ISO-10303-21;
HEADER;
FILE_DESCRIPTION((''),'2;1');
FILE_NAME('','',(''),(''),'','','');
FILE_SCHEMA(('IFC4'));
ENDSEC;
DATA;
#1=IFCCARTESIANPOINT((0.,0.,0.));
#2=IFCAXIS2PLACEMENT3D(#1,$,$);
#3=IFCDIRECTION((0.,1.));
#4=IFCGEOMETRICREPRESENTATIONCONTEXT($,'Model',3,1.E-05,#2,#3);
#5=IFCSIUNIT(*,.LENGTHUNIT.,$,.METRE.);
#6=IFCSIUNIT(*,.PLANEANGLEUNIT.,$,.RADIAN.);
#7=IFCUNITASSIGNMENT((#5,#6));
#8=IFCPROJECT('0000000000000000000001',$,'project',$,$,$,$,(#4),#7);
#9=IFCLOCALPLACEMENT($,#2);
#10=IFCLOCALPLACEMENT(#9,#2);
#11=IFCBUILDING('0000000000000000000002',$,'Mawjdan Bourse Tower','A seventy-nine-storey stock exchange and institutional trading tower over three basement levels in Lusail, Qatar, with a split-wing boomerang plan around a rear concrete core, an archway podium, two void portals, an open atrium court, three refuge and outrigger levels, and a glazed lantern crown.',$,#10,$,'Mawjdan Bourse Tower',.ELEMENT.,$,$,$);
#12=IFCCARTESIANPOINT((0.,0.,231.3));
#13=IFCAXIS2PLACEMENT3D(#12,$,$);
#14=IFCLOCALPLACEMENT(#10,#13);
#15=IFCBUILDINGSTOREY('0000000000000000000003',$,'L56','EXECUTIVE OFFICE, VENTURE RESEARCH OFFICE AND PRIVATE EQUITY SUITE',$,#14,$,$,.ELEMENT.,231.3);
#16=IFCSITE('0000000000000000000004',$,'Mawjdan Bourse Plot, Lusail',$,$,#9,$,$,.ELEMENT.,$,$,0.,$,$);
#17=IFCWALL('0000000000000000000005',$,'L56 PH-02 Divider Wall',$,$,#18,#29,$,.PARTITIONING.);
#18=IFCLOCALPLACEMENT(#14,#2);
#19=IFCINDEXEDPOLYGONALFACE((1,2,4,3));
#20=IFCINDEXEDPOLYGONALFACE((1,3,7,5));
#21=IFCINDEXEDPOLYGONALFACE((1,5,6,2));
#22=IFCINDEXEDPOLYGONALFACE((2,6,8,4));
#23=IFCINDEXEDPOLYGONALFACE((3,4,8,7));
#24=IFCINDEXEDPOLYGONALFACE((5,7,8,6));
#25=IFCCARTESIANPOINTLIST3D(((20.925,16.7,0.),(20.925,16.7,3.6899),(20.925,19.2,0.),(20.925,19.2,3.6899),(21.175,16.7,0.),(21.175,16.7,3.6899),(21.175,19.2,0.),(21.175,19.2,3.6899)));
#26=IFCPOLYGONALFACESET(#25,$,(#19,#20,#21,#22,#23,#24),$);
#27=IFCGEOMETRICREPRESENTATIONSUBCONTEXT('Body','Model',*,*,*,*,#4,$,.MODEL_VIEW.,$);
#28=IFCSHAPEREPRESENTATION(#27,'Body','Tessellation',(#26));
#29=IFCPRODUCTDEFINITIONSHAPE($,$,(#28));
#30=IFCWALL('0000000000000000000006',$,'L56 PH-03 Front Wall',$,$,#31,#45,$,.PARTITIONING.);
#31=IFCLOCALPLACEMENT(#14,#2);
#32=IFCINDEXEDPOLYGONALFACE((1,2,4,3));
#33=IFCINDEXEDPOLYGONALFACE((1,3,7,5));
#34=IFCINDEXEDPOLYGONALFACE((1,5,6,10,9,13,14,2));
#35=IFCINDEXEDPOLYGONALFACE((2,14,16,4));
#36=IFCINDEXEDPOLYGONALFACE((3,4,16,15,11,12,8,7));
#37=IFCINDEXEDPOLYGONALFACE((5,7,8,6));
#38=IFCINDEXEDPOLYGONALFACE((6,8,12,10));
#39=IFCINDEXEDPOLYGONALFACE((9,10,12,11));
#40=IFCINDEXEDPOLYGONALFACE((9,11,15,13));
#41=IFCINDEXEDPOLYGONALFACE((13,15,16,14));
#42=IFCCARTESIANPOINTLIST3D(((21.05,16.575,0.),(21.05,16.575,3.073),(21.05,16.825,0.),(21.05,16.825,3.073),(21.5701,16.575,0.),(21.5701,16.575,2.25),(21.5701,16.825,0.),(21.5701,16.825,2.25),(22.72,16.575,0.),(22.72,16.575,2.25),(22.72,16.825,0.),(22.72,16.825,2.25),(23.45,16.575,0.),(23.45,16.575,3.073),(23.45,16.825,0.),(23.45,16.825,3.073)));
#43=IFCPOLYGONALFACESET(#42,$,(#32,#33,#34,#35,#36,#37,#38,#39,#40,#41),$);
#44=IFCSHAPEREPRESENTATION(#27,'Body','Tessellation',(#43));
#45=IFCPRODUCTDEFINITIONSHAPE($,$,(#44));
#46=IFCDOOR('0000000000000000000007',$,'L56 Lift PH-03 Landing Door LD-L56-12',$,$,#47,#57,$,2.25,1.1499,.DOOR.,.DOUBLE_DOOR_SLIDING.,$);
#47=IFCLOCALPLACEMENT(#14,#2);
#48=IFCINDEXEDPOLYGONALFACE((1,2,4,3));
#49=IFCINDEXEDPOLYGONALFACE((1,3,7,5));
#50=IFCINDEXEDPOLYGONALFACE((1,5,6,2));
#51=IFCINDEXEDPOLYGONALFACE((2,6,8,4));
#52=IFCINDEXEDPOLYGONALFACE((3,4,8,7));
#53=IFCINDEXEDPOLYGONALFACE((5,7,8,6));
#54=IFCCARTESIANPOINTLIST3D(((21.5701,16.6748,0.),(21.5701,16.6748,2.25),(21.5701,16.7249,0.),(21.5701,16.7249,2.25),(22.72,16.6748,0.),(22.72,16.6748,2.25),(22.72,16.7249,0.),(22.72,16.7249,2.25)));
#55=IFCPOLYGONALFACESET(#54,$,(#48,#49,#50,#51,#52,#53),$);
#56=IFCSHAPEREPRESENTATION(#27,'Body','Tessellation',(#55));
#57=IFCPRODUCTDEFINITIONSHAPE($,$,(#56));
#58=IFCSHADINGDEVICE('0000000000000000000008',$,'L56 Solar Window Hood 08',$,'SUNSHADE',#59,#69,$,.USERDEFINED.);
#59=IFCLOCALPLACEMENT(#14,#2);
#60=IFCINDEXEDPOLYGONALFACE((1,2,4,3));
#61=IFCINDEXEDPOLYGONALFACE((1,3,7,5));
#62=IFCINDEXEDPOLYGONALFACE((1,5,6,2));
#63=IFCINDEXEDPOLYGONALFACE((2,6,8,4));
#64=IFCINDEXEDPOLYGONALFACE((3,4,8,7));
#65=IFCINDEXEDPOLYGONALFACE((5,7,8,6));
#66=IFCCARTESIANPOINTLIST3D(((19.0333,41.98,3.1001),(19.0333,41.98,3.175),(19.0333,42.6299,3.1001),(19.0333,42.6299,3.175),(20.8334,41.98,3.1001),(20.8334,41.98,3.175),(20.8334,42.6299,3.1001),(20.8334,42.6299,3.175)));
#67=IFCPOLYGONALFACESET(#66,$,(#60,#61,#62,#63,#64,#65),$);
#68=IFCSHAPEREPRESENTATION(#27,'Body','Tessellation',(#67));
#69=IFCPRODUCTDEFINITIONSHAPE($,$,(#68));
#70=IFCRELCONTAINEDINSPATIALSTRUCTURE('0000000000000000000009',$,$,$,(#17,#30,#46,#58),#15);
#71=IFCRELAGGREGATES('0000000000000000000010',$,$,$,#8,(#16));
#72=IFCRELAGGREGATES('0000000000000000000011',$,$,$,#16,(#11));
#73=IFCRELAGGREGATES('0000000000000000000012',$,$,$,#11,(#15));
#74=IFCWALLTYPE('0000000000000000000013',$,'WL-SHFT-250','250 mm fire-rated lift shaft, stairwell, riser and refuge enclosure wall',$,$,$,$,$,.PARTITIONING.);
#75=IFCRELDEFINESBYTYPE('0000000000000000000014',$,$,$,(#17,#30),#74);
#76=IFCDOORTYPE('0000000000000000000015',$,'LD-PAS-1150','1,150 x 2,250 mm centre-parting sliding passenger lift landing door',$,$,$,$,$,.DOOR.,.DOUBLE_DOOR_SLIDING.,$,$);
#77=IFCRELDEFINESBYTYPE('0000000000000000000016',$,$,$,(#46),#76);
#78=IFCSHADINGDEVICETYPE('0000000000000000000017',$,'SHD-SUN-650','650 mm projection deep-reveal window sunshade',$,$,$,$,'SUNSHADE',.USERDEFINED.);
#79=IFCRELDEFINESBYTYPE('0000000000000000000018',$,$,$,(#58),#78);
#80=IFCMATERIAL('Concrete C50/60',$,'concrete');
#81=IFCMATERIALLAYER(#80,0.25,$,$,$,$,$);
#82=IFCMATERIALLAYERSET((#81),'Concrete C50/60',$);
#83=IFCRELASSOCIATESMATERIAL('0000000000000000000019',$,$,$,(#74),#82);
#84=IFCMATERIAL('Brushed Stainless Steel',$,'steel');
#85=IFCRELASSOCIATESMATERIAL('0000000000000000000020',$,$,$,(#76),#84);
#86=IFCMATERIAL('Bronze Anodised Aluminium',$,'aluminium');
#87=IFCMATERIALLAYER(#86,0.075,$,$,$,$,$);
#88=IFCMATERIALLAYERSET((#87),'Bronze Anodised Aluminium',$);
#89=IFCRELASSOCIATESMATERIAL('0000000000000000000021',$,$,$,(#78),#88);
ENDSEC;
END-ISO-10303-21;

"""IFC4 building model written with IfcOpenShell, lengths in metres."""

from ifc_helpers import new_model, si_unit, direction, frame, frame_2d, origin, origin_2d, place, context, subcontext, project, spatial, rectangle, extrude, material, layer, layer_set, type_object, element, fill, save


model = new_model("IFC4")

# Units and contexts
model_context = context("Model", 3, precision=1e-05, world=origin(), true_north=direction((0.0, 1.0)))
body_context = subcontext(model_context, "Body", "Model", "MODEL_VIEW")
ifc_project = project(units=[si_unit("LENGTHUNIT", "METRE"), si_unit("PLANEANGLEUNIT", "RADIAN")], contexts=[model_context])

# Site, building, storey
site_placement = place(None, origin())
site = spatial("IfcSite", under=ifc_project, at=site_placement, Name="Mawjdan Bourse Plot, Lusail", CompositionType="ELEMENT", RefElevation=0.0)
building_placement = place(site_placement, origin())
building = spatial("IfcBuilding", under=site, at=building_placement, Name="Mawjdan Bourse Tower", Description="A seventy-nine-storey stock exchange and institutional trading tower over three basement levels in Lusail, Qatar, with a split-wing boomerang plan around a rear concrete core, an archway podium, two void portals, an open atrium court, three refuge and outrigger levels, and a glazed lantern crown.", LongName="Mawjdan Bourse Tower", CompositionType="ELEMENT")
storey_placement = place(building_placement, frame((0.0, 0.0, 231.3)))
storey = spatial("IfcBuildingStorey", under=building, at=storey_placement, Name="L56", Description="EXECUTIVE OFFICE, VENTURE RESEARCH OFFICE AND PRIVATE EQUITY SUITE", CompositionType="ELEMENT", Elevation=231.3)

# Shared definitions
ifc_material_1 = material(Name="Concrete C50/60", Category="concrete")
ifc_layer_1 = layer(ifc_material_1, 0.25)
ifc_layer_set_1 = layer_set([ifc_layer_1], Name="Concrete C50/60")
wall_type_1 = type_object("IfcWallType", Name="WL-SHFT-250", Description="250 mm fire-rated lift shaft, stairwell, riser and refuge enclosure wall", PredefinedType="PARTITIONING", material=ifc_layer_set_1)
ifc_material_2 = material(Name="Brushed Stainless Steel", Category="steel")
door_type_1 = type_object("IfcDoorType", Name="LD-PAS-1150", Description="1,150 x 2,250 mm centre-parting sliding passenger lift landing door", OperationType="DOUBLE_DOOR_SLIDING", PredefinedType="DOOR", material=ifc_material_2)

# Wall
wall_1_placement = place(storey_placement, frame((21.05, 16.7, 0.0), z_axis=(0.0, 0.0, 1.0), x_axis=(0.0, 1.0, 0.0)))
element("IfcWall", 1, at=wall_1_placement, inside=storey, type_object=wall_type_1, Name="L56 PH-02 Divider Wall", PredefinedType="PARTITIONING", context=body_context, shape_type="SweptSolid", body=[
    extrude(rectangle(XDim=2.5, YDim=0.25, at=frame_2d((1.25, 0.0))), origin(), (0.0, 0.0, 1.0), 3.6899),
])

# Wall, opening, door
wall_2_placement = place(storey_placement, frame((21.05, 16.7, 0.0), z_axis=(0.0, 0.0, 1.0), x_axis=(1.0, 0.0, 0.0)))
wall_2 = element("IfcWall", 2, at=wall_2_placement, inside=storey, type_object=wall_type_1, Name="L56 PH-03 Front Wall", PredefinedType="PARTITIONING", context=body_context, shape_type="SweptSolid", body=[
    extrude(rectangle(XDim=2.3999, YDim=0.25, at=frame_2d((1.2, 0.0))), origin(), (0.0, 0.0, 1.0), 3.073),
])
opening_1_placement = place(wall_2_placement, frame((0.52, 0.0, 0.0)))
opening_1 = element("IfcOpeningElement", 3, at=opening_1_placement, cuts=wall_2, PredefinedType="OPENING", context=body_context, shape_type="SweptSolid", body=[
    extrude(rectangle(XDim=1.1499, YDim=2.25, at=frame_2d((0.575, 1.125))), frame((0.0, 0.135, 0.0), z_axis=(0.0, -1.0, 0.0), x_axis=(1.0, 0.0, 0.0)), (0.0, 0.0, 1.0), 0.27),
])
door_1_placement = place(opening_1_placement, origin())
door_1 = element("IfcDoor", 4, at=door_1_placement, inside=storey, type_object=door_type_1, Name="L56 Lift PH-03 Landing Door LD-L56-12", OperationType="DOUBLE_DOOR_SLIDING", OverallHeight=2.25, OverallWidth=1.1499, PredefinedType="DOOR", context=body_context, shape_type="SweptSolid", body=[
    extrude(rectangle(XDim=1.1499, YDim=2.25, at=frame_2d((0.575, 1.125))), frame((0.0, 0.0249, 0.0), z_axis=(0.0, -1.0, 0.0), x_axis=(1.0, 0.0, 0.0)), (0.0, 0.0, 1.0), 0.05),
])
fill(opening_1, door_1)

# Shading device
ifc_material_3 = material(Name="Bronze Anodised Aluminium", Category="aluminium")
ifc_layer_2 = layer(ifc_material_3, 0.075)
ifc_layer_set_2 = layer_set([ifc_layer_2], Name="Bronze Anodised Aluminium")
shading_device_type = type_object("IfcShadingDeviceType", Name="SHD-SUN-650", Description="650 mm projection deep-reveal window sunshade", ElementType="SUNSHADE", PredefinedType="USERDEFINED", material=ifc_layer_set_2)
shading_device_placement = place(storey_placement, frame((19.9333, 42.3049, 3.1001), z_axis=(0.0, 0.0, 1.0), x_axis=(-1.0, 0.0, 0.0)))
element("IfcShadingDevice", 5, at=shading_device_placement, inside=storey, type_object=shading_device_type, Name="L56 Solar Window Hood 08", ObjectType="SUNSHADE", PredefinedType="USERDEFINED", context=body_context, shape_type="SweptSolid", body=[
    extrude(rectangle(XDim=1.8, YDim=0.6499, at=origin_2d()), origin(), (0.0, 0.0, 1.0), 0.075),
])

save(model, "model.ifc")
